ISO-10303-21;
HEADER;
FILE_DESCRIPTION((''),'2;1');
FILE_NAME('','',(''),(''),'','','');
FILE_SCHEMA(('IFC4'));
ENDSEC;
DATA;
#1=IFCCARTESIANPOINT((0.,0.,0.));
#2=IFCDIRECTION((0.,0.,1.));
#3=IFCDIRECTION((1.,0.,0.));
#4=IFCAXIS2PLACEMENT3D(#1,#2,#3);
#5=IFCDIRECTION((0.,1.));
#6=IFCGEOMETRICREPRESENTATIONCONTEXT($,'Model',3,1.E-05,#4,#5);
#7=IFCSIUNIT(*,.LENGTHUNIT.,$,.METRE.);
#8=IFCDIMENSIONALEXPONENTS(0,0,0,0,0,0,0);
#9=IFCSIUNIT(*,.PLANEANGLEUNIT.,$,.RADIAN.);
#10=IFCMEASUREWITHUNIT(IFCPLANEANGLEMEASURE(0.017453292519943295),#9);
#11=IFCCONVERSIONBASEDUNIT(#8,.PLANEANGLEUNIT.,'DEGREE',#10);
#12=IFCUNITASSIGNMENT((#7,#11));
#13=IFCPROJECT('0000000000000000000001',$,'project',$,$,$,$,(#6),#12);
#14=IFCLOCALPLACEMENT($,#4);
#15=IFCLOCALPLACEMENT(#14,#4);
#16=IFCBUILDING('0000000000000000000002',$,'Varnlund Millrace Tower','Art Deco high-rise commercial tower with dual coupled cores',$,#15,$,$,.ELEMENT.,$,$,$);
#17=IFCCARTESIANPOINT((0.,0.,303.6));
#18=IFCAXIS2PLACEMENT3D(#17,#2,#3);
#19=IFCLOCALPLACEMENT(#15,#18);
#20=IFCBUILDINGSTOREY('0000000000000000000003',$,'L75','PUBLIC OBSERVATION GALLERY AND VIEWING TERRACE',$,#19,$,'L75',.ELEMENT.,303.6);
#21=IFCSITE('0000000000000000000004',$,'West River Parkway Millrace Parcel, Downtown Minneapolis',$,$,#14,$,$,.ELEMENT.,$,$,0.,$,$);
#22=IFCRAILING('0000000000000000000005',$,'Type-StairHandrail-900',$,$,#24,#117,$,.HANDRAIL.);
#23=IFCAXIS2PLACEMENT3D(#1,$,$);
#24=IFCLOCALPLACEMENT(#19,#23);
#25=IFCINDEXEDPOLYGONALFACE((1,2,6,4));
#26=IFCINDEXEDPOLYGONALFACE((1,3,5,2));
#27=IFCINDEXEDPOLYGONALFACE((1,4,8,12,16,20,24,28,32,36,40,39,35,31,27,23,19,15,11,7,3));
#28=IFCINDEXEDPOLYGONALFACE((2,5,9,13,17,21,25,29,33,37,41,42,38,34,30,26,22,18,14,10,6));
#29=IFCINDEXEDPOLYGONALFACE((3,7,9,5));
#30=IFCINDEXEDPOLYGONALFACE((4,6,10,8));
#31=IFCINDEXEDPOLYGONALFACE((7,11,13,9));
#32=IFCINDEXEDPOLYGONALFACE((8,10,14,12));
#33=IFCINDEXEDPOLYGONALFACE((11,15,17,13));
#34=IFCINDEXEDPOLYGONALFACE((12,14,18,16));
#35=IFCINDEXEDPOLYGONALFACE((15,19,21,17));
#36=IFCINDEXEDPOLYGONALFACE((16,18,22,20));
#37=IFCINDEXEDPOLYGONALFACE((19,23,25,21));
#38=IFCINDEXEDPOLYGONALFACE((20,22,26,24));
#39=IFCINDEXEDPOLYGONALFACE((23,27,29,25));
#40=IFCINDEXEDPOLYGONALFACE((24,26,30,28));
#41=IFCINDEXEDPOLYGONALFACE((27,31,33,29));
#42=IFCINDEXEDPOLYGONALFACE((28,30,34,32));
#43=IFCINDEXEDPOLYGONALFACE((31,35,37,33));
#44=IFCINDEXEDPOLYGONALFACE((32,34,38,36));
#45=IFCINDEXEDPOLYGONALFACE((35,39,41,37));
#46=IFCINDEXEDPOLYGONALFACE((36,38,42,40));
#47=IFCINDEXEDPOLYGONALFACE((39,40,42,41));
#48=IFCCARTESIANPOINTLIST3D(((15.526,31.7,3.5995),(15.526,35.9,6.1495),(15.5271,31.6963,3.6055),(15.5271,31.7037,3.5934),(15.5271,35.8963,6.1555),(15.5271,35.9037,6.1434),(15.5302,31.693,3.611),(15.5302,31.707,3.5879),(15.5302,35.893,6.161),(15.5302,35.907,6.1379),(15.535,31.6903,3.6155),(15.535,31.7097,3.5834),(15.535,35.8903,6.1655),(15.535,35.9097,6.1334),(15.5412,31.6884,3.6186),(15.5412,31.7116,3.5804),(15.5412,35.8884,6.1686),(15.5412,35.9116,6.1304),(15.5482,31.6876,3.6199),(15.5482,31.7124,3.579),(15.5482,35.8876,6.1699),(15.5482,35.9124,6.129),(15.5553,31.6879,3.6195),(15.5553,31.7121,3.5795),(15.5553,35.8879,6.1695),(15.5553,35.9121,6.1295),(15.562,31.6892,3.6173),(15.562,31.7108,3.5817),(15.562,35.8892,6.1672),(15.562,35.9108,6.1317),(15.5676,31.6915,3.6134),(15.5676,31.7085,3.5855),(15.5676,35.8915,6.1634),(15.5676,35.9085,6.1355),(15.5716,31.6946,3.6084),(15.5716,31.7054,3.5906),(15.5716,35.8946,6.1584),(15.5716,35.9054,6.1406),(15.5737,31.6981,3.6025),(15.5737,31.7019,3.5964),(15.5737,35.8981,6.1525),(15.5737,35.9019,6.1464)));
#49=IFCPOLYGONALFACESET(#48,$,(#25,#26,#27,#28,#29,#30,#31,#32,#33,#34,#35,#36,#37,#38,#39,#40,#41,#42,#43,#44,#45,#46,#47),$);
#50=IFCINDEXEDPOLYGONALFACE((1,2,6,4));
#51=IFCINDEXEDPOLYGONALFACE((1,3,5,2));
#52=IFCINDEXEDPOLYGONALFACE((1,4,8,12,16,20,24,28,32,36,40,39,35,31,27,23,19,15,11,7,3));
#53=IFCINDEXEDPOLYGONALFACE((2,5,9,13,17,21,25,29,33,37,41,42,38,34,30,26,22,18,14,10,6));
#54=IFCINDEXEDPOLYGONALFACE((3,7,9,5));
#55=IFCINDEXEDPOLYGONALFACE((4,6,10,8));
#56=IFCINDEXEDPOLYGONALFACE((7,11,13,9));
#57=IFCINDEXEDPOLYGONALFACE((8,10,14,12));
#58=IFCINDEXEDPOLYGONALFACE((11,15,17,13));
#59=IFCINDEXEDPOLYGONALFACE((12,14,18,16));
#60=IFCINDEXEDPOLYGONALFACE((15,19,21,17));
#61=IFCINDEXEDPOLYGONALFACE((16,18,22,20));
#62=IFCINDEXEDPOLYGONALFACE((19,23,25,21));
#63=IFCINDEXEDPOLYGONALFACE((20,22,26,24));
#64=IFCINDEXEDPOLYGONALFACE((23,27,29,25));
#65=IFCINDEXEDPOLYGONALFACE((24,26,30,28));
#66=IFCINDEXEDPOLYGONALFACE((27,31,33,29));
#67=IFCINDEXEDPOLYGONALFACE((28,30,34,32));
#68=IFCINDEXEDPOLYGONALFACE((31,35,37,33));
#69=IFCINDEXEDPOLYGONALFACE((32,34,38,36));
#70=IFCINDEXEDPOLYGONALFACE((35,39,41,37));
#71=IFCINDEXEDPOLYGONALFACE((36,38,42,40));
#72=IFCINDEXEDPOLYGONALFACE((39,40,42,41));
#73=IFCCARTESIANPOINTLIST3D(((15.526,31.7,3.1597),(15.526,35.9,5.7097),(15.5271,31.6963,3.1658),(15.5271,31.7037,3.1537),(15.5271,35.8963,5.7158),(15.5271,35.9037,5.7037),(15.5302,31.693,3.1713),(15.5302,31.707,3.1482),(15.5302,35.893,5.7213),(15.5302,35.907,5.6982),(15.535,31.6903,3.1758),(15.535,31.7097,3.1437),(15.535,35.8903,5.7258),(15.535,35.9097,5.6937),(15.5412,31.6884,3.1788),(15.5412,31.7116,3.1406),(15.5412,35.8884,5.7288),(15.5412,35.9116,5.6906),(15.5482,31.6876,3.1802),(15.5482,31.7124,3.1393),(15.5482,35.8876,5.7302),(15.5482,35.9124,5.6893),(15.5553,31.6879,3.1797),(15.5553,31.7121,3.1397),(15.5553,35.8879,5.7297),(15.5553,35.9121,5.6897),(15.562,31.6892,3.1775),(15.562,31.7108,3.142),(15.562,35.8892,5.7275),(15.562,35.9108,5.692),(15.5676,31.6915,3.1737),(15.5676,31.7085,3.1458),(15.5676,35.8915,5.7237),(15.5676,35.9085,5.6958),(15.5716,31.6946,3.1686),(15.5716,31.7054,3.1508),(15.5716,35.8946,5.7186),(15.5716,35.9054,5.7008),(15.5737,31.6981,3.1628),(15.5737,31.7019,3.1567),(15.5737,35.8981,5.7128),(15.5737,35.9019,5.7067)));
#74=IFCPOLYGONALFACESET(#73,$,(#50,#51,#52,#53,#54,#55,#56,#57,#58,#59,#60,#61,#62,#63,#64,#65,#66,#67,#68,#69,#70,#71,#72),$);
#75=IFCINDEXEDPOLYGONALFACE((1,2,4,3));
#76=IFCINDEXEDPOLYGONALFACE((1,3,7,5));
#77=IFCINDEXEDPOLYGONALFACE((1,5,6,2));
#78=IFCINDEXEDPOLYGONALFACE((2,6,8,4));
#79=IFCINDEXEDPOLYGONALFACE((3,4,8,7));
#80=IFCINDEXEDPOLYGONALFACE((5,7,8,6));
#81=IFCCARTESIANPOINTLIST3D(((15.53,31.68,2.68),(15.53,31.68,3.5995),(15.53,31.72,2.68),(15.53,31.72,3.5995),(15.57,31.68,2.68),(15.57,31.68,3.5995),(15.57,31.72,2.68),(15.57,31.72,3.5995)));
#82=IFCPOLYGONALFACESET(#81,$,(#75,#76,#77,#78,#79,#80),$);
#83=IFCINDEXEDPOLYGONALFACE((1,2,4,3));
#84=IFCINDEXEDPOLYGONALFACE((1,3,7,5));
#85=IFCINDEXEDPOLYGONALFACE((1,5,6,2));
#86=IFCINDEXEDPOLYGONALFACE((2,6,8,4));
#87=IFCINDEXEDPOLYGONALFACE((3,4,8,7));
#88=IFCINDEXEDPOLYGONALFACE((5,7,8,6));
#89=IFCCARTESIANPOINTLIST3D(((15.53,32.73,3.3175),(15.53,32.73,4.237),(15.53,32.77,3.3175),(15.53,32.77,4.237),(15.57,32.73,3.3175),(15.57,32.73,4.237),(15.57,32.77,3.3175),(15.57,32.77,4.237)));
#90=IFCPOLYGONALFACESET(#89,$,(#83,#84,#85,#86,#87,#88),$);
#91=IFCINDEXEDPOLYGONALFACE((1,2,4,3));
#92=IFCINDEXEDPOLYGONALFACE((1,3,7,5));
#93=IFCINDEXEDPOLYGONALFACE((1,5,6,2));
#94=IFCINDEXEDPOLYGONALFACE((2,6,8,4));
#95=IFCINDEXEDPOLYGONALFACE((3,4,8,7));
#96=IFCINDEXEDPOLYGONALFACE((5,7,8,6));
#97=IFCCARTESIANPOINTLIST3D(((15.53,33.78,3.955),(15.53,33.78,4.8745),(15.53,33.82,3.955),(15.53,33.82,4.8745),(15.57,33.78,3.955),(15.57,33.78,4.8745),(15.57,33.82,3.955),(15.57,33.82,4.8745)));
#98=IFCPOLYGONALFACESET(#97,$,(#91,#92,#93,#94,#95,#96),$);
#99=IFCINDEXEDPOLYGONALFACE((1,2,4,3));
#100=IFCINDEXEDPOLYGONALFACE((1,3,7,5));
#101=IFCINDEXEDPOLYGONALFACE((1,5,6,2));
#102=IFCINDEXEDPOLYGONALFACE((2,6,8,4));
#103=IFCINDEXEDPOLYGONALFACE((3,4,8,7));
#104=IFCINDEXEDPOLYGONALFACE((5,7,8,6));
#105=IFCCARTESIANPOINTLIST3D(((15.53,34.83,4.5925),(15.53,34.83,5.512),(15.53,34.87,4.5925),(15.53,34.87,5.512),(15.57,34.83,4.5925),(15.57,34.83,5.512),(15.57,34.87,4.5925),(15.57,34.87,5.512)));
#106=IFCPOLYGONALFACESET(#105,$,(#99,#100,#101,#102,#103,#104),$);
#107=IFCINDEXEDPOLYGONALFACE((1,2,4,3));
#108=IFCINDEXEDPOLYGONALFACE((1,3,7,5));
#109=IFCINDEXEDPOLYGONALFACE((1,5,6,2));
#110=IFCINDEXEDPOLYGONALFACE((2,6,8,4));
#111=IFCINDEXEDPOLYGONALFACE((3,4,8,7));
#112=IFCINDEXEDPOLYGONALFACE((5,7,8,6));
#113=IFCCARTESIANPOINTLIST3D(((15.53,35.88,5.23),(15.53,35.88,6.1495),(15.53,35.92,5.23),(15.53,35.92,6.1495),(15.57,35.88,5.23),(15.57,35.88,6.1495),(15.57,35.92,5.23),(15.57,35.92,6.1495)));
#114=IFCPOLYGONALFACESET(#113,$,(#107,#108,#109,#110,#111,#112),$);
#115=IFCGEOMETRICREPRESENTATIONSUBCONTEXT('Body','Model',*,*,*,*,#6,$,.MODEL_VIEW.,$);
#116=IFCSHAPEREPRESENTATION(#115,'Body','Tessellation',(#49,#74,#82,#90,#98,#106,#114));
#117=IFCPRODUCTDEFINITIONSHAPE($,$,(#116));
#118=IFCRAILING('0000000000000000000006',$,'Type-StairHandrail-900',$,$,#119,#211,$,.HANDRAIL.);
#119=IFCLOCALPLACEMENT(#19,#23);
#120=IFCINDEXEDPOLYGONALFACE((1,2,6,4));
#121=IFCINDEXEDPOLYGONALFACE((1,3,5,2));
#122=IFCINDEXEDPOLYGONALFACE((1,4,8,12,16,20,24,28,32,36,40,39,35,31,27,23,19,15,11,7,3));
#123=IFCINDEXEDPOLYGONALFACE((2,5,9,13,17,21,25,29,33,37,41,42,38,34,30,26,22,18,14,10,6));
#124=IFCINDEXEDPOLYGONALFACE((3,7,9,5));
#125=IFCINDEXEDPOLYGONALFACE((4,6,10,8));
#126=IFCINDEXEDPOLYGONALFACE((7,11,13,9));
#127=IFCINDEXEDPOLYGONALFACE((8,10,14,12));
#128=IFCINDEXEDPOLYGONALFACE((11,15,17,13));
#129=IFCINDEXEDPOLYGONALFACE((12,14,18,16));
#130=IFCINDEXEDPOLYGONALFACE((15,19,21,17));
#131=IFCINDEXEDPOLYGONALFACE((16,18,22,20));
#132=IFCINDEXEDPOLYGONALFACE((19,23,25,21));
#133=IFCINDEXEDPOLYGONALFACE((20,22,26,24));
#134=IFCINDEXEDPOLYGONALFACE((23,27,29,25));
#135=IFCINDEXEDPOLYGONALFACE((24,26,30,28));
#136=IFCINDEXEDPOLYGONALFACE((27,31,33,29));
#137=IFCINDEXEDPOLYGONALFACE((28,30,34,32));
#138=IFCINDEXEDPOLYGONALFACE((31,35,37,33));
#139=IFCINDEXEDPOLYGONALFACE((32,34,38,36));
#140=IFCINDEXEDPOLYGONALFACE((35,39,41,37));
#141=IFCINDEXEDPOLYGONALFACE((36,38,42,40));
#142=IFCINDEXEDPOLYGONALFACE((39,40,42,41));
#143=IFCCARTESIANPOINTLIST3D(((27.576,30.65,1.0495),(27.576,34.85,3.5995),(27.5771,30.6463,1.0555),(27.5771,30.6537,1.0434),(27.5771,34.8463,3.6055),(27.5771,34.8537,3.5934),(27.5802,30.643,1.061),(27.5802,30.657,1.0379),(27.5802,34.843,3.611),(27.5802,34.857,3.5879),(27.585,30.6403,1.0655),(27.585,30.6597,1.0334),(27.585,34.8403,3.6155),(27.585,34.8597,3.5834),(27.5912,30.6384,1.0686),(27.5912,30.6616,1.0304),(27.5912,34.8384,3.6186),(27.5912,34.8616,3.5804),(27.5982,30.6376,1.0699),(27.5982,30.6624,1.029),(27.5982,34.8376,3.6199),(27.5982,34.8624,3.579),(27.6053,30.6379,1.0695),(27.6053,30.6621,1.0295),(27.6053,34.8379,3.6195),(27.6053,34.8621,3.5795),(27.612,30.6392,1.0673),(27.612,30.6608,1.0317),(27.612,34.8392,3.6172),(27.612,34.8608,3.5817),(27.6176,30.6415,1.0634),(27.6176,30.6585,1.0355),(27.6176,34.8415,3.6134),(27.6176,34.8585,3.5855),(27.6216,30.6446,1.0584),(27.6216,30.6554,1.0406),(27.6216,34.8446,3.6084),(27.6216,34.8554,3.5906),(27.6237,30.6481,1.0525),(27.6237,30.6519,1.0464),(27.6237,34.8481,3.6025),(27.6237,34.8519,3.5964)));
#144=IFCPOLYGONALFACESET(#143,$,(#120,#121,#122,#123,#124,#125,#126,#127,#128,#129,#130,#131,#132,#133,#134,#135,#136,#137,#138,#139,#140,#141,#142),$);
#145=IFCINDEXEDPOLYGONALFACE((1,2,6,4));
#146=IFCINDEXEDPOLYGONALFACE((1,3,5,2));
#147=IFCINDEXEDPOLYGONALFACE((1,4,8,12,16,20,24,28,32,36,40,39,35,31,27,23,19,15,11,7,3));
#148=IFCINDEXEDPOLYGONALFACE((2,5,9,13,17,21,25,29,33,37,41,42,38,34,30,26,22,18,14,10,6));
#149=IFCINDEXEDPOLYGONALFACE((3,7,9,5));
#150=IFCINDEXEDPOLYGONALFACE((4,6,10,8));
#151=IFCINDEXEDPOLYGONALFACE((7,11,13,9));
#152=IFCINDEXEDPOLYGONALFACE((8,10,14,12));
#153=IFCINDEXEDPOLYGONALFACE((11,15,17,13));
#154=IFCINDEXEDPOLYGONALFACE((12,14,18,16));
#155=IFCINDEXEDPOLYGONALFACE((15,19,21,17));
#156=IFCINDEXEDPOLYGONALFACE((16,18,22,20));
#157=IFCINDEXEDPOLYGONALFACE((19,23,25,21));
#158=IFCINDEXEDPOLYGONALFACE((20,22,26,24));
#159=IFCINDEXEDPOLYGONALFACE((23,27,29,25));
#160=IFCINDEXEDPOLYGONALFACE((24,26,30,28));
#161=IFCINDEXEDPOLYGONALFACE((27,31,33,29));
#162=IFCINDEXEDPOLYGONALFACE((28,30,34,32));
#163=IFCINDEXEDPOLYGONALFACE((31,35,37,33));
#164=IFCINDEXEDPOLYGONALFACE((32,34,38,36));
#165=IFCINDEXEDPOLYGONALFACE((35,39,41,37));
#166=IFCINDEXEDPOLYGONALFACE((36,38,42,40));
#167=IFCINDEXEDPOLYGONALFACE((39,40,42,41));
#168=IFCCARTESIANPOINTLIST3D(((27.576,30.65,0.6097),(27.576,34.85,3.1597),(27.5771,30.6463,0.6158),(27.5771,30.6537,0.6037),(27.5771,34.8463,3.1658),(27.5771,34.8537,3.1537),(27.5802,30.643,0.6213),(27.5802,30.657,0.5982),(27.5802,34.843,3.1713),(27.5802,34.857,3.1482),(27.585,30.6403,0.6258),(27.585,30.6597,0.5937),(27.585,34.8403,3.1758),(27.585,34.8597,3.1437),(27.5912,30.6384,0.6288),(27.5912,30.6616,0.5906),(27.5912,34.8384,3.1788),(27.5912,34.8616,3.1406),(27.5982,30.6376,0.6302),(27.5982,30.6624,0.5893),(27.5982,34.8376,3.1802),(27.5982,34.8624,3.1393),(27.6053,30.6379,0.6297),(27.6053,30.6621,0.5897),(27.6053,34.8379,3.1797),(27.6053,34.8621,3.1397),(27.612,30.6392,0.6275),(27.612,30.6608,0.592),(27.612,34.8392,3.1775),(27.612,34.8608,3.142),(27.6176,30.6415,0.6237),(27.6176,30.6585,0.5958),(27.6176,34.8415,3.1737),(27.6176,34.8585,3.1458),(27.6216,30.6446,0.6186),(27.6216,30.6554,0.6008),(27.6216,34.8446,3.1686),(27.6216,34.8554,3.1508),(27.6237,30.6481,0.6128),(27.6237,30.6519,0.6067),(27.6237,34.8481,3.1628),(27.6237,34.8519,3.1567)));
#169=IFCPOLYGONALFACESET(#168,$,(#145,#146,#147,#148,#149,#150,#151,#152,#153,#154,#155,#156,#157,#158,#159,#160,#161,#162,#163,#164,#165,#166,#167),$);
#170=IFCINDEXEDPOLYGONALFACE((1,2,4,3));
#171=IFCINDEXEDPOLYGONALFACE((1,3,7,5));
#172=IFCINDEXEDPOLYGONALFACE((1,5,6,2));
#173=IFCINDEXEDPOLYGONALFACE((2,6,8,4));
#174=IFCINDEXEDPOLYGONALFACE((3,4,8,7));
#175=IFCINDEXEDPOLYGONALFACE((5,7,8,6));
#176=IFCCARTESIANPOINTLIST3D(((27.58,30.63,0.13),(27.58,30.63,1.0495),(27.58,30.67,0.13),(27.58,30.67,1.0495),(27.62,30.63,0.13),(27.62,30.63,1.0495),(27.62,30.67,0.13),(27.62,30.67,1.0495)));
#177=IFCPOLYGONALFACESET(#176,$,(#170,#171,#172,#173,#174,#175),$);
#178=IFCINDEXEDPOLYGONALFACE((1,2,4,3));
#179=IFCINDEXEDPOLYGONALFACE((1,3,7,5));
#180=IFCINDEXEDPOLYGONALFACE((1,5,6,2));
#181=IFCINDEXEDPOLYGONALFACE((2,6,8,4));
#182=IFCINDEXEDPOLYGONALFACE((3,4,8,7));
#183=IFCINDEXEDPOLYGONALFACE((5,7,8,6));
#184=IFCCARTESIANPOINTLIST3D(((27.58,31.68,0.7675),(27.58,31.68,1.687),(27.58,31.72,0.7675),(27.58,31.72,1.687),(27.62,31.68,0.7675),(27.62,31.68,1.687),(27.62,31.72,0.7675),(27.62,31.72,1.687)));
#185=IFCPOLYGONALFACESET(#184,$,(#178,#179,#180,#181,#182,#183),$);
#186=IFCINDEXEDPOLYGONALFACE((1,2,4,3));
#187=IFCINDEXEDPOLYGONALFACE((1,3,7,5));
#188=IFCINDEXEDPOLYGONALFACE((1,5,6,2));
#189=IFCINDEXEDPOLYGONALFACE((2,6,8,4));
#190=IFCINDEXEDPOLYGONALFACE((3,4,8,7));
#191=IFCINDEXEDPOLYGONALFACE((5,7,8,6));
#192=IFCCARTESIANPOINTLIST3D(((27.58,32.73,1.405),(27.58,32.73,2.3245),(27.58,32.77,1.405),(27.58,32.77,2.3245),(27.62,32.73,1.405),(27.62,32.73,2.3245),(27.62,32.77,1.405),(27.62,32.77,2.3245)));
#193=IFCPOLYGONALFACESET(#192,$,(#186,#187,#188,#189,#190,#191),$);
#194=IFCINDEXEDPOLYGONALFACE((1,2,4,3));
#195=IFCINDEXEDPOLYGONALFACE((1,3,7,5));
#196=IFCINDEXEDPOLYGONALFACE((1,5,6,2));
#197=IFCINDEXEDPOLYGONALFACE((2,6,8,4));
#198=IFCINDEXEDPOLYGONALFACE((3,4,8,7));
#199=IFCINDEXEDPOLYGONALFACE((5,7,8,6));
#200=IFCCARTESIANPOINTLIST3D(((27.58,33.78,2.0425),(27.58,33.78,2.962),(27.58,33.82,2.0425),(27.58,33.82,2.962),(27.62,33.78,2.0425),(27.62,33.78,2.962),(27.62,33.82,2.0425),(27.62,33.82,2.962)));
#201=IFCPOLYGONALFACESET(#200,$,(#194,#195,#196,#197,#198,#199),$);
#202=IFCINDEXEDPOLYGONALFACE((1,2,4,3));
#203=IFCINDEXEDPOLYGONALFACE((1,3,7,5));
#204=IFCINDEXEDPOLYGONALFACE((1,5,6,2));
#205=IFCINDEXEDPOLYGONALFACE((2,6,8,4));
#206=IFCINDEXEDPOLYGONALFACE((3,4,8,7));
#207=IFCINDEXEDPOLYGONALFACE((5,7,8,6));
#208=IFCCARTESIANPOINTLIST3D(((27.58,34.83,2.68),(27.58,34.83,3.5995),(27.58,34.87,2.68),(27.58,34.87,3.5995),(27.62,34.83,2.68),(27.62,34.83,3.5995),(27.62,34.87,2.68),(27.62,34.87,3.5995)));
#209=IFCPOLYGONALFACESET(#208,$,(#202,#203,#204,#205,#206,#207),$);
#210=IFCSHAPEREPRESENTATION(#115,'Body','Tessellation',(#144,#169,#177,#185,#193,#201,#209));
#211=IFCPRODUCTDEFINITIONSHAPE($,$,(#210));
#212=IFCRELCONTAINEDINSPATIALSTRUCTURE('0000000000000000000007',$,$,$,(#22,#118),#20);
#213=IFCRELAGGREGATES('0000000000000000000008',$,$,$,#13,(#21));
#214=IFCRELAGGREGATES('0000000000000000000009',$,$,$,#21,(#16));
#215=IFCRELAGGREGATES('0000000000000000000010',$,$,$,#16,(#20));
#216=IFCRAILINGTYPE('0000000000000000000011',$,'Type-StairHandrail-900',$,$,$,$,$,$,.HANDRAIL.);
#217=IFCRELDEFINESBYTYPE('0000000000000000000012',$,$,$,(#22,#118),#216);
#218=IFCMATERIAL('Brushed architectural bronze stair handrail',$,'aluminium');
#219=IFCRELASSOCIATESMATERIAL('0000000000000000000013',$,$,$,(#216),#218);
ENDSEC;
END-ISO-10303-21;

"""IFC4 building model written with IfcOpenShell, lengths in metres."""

from ifc_helpers import new_model, entity, si_unit, converted_unit, direction, frame, origin_with_axes, origin_2d_with_axis, place, context, subcontext, project, spatial, rectangle, circle, extrude, material, type_object, element, save


model = new_model("IFC4")

# Units and contexts
model_context = context("Model", 3, precision=1e-05, world=origin_with_axes(), true_north=direction((0.0, 1.0)))
body_context = subcontext(model_context, "Body", "Model", "MODEL_VIEW")
ifc_project = project(units=[si_unit("LENGTHUNIT", "METRE"), converted_unit("PLANEANGLEUNIT", "DEGREE", entity("IfcPlaneAngleMeasure", 0.017453292519943295), si_unit("PLANEANGLEUNIT", "RADIAN"), dimensions=[0, 0, 0, 0, 0, 0, 0])], contexts=[model_context])

# Site, building, storey
site_placement = place(None, origin_with_axes())
site = spatial("IfcSite", under=ifc_project, at=site_placement, Name="West River Parkway Millrace Parcel, Downtown Minneapolis", CompositionType="ELEMENT", RefElevation=0.0)
building_placement = place(site_placement, origin_with_axes())
building = spatial("IfcBuilding", under=site, at=building_placement, Name="Varnlund Millrace Tower", Description="Art Deco high-rise commercial tower with dual coupled cores", CompositionType="ELEMENT")
storey_placement = place(building_placement, frame((0.0, 0.0, 303.6), z_axis=(0.0, 0.0, 1.0), x_axis=(1.0, 0.0, 0.0)))
storey = spatial("IfcBuildingStorey", under=building, at=storey_placement, Name="L75", Description="PUBLIC OBSERVATION GALLERY AND VIEWING TERRACE", LongName="L75", CompositionType="ELEMENT", Elevation=303.6)

# Railings
ifc_material_1 = material(Name="Brushed architectural bronze stair handrail", Category="aluminium")
railing_type_1 = type_object("IfcRailingType", Name="Type-StairHandrail-900", PredefinedType="HANDRAIL", material=ifc_material_1)
railing_1_placement = place(storey_placement, frame((0.0, 0.0, -303.6), z_axis=(0.0, 0.0, 1.0), x_axis=(1.0, 0.0, 0.0)))
element("IfcRailing", 1, at=railing_1_placement, inside=storey, type_object=railing_type_1, Name="Type-StairHandrail-900", PredefinedType="HANDRAIL", context=body_context, shape_type="SweptSolid", body=[
    extrude(circle(Radius=0.024, at=origin_2d_with_axis()), frame((15.55, 31.7, 307.1995), z_axis=(0.0, 0.854788, 0.518978), x_axis=(-1.0, 0.0, 0.0)), (0.0, 0.0, 1.0), 4.9135),
    extrude(circle(Radius=0.024, at=origin_2d_with_axis()), frame((15.55, 31.7, 306.7597), z_axis=(0.0, 0.854788, 0.518978), x_axis=(-1.0, 0.0, 0.0)), (0.0, 0.0, 1.0), 4.9135),
    extrude(rectangle(XDim=0.04, YDim=0.04, at=origin_2d_with_axis()), frame((15.55, 31.7, 306.28), z_axis=(0.0, 0.0, 1.0), x_axis=(1.0, 0.0, 0.0)), (0.0, 0.0, 1.0), 0.9195),
    extrude(rectangle(XDim=0.04, YDim=0.04, at=origin_2d_with_axis()), frame((15.55, 32.75, 306.9175), z_axis=(0.0, 0.0, 1.0), x_axis=(1.0, 0.0, 0.0)), (0.0, 0.0, 1.0), 0.9195),
    extrude(rectangle(XDim=0.04, YDim=0.04, at=origin_2d_with_axis()), frame((15.55, 33.8, 307.555), z_axis=(0.0, 0.0, 1.0), x_axis=(1.0, 0.0, 0.0)), (0.0, 0.0, 1.0), 0.9195),
    extrude(rectangle(XDim=0.04, YDim=0.04, at=origin_2d_with_axis()), frame((15.55, 34.85, 308.1925), z_axis=(0.0, 0.0, 1.0), x_axis=(1.0, 0.0, 0.0)), (0.0, 0.0, 1.0), 0.9195),
    extrude(rectangle(XDim=0.04, YDim=0.04, at=origin_2d_with_axis()), frame((15.55, 35.9, 308.83), z_axis=(0.0, 0.0, 1.0), x_axis=(1.0, 0.0, 0.0)), (0.0, 0.0, 1.0), 0.9195),
])
railing_2_placement = place(storey_placement, frame((0.0, 0.0, -303.6), z_axis=(0.0, 0.0, 1.0), x_axis=(1.0, 0.0, 0.0)))
element("IfcRailing", 2, at=railing_2_placement, inside=storey, type_object=railing_type_1, Name="Type-StairHandrail-900", PredefinedType="HANDRAIL", context=body_context, shape_type="SweptSolid", body=[
    extrude(circle(Radius=0.024, at=origin_2d_with_axis()), frame((27.6, 30.65, 304.6495), z_axis=(0.0, 0.854788, 0.518978), x_axis=(-1.0, 0.0, 0.0)), (0.0, 0.0, 1.0), 4.9135),
    extrude(circle(Radius=0.024, at=origin_2d_with_axis()), frame((27.6, 30.65, 304.2097), z_axis=(0.0, 0.854788, 0.518978), x_axis=(-1.0, 0.0, 0.0)), (0.0, 0.0, 1.0), 4.9135),
    extrude(rectangle(XDim=0.04, YDim=0.04, at=origin_2d_with_axis()), frame((27.6, 30.65, 303.73), z_axis=(0.0, 0.0, 1.0), x_axis=(1.0, 0.0, 0.0)), (0.0, 0.0, 1.0), 0.9195),
    extrude(rectangle(XDim=0.04, YDim=0.04, at=origin_2d_with_axis()), frame((27.6, 31.7, 304.3675), z_axis=(0.0, 0.0, 1.0), x_axis=(1.0, 0.0, 0.0)), (0.0, 0.0, 1.0), 0.9195),
    extrude(rectangle(XDim=0.04, YDim=0.04, at=origin_2d_with_axis()), frame((27.6, 32.75, 305.005), z_axis=(0.0, 0.0, 1.0), x_axis=(1.0, 0.0, 0.0)), (0.0, 0.0, 1.0), 0.9195),
    extrude(rectangle(XDim=0.04, YDim=0.04, at=origin_2d_with_axis()), frame((27.6, 33.8, 305.6425), z_axis=(0.0, 0.0, 1.0), x_axis=(1.0, 0.0, 0.0)), (0.0, 0.0, 1.0), 0.9195),
    extrude(rectangle(XDim=0.04, YDim=0.04, at=origin_2d_with_axis()), frame((27.6, 34.85, 306.28), z_axis=(0.0, 0.0, 1.0), x_axis=(1.0, 0.0, 0.0)), (0.0, 0.0, 1.0), 0.9195),
])

save(model, "model.ifc")
